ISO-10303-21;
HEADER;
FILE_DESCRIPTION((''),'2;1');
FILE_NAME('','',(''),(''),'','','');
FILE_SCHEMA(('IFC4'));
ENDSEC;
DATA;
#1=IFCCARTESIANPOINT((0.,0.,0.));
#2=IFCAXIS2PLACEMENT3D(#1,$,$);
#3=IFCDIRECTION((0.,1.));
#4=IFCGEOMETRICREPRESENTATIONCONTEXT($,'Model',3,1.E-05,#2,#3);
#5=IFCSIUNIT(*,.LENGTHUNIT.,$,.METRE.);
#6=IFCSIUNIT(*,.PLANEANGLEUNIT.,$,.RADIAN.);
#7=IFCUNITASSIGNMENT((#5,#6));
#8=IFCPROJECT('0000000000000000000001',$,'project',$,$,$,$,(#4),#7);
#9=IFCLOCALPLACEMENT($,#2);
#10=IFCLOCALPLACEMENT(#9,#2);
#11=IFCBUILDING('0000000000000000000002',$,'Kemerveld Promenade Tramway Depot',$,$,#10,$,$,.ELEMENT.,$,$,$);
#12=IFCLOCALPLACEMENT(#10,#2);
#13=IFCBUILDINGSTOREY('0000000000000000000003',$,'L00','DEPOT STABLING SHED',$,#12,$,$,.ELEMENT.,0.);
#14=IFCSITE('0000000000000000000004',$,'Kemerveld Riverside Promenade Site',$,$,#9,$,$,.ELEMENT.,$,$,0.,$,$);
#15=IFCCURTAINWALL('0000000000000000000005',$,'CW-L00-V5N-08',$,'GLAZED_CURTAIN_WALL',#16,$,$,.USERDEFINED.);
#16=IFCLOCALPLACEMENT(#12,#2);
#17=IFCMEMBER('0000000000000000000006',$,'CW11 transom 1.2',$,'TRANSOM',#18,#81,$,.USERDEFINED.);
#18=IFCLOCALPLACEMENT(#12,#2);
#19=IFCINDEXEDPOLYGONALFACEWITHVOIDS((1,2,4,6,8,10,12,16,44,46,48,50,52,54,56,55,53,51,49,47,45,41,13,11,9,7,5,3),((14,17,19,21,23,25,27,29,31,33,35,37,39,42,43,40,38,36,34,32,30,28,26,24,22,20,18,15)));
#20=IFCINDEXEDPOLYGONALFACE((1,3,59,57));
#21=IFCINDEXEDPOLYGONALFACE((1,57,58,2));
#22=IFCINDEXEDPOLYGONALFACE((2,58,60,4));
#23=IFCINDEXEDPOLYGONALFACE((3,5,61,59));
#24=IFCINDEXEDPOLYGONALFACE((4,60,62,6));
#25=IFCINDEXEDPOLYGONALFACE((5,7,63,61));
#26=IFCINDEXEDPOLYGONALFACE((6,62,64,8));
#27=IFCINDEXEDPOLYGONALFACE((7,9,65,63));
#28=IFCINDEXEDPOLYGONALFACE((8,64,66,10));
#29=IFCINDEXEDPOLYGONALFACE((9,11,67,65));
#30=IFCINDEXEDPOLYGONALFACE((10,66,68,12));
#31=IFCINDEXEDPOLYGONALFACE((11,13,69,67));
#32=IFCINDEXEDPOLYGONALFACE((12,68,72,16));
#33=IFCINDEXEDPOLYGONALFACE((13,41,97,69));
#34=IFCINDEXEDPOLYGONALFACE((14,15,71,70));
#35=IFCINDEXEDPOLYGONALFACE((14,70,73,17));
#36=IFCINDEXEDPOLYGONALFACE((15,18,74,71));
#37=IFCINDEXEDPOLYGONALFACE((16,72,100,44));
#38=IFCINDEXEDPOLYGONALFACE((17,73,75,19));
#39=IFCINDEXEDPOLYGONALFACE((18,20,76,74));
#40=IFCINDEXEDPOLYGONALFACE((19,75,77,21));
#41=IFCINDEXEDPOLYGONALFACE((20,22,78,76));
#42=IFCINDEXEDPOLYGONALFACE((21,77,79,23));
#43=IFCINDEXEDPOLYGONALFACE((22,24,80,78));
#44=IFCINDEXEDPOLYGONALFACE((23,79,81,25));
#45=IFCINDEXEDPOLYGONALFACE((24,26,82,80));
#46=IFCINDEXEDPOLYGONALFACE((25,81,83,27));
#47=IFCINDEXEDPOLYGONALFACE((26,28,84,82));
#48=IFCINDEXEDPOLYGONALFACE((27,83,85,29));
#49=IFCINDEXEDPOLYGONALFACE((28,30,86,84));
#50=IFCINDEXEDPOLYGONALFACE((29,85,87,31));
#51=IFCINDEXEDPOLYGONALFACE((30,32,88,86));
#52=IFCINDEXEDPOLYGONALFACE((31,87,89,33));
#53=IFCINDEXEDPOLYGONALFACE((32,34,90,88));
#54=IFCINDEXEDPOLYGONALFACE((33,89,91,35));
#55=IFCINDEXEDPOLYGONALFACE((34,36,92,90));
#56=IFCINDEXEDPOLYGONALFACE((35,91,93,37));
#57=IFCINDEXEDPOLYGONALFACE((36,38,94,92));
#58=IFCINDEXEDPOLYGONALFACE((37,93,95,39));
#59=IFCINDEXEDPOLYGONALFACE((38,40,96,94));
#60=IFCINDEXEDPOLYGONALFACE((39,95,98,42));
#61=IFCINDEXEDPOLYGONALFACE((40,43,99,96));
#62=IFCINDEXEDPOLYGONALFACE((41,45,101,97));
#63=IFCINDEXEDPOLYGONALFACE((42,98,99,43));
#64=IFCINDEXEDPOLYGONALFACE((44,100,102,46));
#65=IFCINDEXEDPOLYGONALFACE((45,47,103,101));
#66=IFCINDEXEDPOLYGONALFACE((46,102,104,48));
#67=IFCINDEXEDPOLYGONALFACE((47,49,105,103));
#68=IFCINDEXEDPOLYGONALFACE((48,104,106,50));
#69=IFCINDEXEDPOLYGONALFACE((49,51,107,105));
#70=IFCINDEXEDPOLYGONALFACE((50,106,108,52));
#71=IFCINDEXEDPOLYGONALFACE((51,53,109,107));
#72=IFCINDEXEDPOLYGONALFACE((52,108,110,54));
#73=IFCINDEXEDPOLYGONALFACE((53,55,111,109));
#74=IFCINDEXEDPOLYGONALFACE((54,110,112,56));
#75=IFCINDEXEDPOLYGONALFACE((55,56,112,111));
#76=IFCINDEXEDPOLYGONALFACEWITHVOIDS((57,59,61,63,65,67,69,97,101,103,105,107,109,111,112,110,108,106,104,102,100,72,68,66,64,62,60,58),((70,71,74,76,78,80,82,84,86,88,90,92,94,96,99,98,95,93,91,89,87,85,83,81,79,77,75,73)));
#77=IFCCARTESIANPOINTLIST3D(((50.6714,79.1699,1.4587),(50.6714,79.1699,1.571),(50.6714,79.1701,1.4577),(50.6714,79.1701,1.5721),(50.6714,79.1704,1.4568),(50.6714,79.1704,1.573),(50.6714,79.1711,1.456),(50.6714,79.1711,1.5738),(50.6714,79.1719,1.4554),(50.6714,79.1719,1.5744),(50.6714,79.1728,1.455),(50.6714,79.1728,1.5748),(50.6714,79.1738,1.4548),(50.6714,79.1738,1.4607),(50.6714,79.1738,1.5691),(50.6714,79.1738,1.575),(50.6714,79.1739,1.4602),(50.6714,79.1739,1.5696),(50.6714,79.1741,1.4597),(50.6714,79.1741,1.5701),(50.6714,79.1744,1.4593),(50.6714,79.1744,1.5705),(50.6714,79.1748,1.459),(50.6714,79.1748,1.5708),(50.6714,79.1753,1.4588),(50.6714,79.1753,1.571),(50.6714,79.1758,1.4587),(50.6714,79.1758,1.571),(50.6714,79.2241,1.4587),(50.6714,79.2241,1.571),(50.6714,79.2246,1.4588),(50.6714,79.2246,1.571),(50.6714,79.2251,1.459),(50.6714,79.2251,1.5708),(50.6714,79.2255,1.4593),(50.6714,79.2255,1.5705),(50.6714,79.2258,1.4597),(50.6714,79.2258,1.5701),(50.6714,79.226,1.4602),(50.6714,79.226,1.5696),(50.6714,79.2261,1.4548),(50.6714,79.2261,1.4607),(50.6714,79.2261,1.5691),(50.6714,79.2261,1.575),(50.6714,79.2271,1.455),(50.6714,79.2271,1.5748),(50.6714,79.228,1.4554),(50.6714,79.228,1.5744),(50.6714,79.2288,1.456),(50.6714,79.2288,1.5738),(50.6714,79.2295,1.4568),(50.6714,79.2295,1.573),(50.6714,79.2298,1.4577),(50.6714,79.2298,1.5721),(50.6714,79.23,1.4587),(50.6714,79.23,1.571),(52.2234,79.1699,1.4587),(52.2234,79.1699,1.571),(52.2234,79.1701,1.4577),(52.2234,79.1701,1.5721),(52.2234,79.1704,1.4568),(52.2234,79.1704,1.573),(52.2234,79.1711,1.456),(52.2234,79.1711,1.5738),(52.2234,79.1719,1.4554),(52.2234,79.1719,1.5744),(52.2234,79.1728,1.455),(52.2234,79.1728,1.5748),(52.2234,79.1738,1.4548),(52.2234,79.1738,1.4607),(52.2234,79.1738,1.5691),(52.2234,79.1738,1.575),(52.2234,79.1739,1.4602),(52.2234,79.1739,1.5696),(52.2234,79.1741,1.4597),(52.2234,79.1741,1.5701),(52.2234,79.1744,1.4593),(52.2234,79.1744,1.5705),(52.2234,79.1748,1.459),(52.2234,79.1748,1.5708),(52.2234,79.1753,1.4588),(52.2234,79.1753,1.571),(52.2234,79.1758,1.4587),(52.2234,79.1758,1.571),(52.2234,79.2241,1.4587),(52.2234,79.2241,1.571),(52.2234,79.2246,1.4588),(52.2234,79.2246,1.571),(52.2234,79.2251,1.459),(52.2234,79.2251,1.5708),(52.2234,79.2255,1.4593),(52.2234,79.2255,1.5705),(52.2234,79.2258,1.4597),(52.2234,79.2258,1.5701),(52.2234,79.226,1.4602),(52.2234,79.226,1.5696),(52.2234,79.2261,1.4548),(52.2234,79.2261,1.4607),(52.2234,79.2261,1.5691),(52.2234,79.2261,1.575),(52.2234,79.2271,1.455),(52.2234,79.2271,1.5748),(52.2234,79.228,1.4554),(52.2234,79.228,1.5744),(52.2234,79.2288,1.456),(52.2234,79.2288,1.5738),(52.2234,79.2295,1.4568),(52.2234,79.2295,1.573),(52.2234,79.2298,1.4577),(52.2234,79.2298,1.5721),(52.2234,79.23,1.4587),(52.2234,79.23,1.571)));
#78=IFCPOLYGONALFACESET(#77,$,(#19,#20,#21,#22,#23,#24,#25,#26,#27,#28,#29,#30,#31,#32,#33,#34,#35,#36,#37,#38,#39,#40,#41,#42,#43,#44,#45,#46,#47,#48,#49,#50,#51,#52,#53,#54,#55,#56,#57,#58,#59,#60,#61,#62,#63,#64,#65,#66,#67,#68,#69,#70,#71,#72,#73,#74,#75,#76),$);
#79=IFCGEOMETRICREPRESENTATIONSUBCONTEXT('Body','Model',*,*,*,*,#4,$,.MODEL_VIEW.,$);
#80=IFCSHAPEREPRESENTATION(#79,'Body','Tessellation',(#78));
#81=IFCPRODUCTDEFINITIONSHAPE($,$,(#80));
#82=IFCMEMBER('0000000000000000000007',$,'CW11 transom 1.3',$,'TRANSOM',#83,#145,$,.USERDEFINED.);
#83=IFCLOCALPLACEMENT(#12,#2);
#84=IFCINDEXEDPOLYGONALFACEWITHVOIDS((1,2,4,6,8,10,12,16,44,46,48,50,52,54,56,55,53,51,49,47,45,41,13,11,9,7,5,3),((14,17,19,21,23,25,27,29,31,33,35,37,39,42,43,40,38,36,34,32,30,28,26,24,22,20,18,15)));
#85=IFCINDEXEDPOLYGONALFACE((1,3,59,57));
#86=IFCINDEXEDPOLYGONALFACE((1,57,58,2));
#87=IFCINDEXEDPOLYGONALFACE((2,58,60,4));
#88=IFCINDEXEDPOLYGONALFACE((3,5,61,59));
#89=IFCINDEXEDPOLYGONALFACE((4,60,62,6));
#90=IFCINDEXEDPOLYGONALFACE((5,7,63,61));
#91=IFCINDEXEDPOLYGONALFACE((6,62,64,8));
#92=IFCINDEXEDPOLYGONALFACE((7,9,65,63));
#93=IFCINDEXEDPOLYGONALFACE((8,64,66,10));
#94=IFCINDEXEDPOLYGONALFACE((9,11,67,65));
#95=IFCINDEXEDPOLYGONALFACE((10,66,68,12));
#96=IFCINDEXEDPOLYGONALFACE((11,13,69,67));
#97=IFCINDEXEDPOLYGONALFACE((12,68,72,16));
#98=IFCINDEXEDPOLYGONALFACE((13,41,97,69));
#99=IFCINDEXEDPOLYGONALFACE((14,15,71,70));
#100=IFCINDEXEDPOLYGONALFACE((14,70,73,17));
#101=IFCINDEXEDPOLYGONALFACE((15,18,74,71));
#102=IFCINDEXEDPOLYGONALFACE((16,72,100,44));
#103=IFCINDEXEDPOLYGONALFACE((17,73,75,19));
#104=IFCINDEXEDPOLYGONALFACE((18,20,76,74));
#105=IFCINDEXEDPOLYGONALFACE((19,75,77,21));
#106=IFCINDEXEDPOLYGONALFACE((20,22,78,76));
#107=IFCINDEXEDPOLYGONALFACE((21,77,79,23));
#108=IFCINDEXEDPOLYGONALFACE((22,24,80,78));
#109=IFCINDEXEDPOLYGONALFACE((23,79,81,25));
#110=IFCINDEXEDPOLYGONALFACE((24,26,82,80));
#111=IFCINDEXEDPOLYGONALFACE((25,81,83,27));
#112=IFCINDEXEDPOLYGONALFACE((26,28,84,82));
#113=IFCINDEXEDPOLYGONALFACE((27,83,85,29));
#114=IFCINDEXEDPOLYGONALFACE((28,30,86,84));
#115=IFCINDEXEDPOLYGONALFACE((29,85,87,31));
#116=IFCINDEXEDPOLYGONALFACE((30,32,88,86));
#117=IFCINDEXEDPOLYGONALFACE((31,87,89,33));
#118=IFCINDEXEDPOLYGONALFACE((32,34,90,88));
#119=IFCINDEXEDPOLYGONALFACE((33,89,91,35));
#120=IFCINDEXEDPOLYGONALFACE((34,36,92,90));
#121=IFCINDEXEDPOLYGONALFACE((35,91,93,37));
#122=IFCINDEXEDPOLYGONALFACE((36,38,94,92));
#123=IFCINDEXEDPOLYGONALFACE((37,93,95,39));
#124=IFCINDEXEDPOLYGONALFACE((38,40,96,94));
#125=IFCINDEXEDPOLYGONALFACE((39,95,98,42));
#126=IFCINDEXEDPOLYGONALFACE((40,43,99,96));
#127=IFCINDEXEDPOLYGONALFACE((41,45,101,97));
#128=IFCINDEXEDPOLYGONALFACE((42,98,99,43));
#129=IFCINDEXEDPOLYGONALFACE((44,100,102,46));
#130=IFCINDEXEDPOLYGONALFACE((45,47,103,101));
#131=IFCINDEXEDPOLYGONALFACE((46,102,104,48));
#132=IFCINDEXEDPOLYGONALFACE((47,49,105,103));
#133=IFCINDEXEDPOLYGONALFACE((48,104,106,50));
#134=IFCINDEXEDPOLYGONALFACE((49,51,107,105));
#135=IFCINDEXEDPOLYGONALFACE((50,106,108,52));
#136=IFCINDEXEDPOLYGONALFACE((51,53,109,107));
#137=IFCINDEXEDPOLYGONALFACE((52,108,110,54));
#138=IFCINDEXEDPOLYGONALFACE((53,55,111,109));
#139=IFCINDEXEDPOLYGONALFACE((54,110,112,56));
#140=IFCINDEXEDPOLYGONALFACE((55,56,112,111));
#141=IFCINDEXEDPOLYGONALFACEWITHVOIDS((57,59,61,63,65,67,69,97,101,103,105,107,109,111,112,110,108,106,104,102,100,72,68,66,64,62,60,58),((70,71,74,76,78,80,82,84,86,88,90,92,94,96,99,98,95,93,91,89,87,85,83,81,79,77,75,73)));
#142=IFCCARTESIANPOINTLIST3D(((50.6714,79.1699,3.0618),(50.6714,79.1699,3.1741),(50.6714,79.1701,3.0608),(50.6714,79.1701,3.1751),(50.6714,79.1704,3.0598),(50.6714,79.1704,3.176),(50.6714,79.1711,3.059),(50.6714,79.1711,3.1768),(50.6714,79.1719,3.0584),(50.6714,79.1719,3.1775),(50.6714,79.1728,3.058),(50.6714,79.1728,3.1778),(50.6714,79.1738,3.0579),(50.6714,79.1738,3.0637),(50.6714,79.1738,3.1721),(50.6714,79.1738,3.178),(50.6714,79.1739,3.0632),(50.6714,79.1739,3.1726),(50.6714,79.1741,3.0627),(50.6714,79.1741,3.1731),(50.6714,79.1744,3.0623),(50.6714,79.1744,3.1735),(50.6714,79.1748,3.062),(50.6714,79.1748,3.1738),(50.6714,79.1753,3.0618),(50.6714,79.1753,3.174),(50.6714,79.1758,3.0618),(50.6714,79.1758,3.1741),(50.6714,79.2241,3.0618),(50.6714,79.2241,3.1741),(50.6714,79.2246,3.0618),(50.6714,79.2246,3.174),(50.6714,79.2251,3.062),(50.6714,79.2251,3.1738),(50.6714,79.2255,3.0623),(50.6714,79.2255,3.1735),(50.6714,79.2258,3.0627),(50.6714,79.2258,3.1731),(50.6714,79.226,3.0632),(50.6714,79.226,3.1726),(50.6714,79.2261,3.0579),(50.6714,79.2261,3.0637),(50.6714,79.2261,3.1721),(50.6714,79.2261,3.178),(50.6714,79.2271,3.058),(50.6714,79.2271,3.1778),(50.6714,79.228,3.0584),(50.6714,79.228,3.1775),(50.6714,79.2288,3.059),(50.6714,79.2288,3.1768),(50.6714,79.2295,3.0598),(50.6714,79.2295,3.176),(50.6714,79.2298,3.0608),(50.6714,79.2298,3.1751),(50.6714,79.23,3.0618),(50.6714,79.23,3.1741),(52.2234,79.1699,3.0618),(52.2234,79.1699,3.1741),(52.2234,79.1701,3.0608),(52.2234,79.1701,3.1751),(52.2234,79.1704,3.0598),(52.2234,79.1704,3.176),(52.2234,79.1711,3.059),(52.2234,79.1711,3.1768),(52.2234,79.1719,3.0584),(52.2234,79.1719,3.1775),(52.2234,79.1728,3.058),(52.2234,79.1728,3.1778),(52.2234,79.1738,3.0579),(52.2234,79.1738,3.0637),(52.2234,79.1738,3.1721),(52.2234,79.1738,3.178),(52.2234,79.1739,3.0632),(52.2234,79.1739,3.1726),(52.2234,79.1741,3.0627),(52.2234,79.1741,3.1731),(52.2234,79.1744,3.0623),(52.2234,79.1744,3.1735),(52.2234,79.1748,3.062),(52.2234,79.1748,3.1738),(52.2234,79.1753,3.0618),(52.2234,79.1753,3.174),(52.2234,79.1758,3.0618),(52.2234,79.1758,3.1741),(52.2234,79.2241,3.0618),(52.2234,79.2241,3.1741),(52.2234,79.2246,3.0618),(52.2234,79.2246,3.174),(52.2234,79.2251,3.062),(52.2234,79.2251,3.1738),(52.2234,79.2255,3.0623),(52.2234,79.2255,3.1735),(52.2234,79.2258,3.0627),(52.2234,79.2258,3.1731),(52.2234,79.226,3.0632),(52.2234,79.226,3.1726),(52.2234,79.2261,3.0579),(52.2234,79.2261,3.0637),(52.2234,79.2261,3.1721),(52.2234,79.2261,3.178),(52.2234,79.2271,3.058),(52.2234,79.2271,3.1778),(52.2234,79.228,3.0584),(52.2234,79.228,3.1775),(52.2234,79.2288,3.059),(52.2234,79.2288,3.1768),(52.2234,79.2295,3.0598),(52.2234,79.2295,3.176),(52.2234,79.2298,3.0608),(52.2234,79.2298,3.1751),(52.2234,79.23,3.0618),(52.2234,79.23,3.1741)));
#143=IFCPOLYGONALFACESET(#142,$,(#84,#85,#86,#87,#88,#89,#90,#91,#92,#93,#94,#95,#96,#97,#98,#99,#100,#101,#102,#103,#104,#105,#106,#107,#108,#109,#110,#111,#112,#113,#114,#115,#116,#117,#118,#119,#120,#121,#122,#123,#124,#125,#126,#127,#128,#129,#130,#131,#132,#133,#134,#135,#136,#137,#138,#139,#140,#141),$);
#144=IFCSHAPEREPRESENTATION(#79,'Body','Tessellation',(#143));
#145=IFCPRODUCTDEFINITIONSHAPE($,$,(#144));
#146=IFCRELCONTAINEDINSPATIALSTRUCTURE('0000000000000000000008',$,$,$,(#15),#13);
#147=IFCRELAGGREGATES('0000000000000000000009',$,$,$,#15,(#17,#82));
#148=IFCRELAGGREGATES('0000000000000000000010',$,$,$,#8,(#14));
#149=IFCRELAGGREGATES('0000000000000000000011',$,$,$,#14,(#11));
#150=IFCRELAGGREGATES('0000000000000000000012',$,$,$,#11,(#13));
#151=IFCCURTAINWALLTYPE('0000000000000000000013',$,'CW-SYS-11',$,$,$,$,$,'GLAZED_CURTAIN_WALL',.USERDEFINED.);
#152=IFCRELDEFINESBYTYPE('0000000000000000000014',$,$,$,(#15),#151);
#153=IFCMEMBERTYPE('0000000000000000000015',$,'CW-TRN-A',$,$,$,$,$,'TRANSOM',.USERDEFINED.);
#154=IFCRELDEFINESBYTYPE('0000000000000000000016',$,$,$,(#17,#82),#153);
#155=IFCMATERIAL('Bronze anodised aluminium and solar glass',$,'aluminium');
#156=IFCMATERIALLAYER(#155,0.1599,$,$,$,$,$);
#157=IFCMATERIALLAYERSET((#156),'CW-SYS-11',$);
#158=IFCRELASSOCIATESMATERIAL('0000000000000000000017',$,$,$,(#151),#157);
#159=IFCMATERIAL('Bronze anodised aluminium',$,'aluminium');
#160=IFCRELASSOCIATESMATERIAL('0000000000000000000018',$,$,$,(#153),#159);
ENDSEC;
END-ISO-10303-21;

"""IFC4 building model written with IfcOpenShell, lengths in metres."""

from ifc_helpers import new_model, si_unit, direction, frame, origin, origin_2d, place, context, subcontext, project, spatial, hollow_rectangle, extrude, material, layer, layer_set, material_profile, profile_set, type_object, element, aggregate, save


model = new_model("IFC4")

# Units and contexts
model_context = context("Model", 3, precision=1e-05, world=origin(), true_north=direction((0.0, 1.0)))
body_context = subcontext(model_context, "Body", "Model", "MODEL_VIEW")
ifc_project = project(units=[si_unit("LENGTHUNIT", "METRE"), si_unit("PLANEANGLEUNIT", "RADIAN")], contexts=[model_context])

# Site, building, storey
site_placement = place(None, origin())
site = spatial("IfcSite", under=ifc_project, at=site_placement, Name="Kemerveld Riverside Promenade Site", CompositionType="ELEMENT", RefElevation=0.0)
building_placement = place(site_placement, origin())
building = spatial("IfcBuilding", under=site, at=building_placement, Name="Kemerveld Promenade Tramway Depot", CompositionType="ELEMENT")
storey_placement = place(building_placement, origin())
storey = spatial("IfcBuildingStorey", under=building, at=storey_placement, Name="L00", Description="DEPOT STABLING SHED", CompositionType="ELEMENT", Elevation=0.0)

# Curtain wall
ifc_material_1 = material(Name="Bronze anodised aluminium and solar glass", Category="aluminium")
ifc_material_2 = material(Name="Bronze anodised aluminium", Category="aluminium")
ifc_layer_1 = layer(ifc_material_1, 0.1599)
ifc_layer_set_1 = layer_set([ifc_layer_1], Name="CW-SYS-11")
curtain_wall_type_1 = type_object("IfcCurtainWallType", Name="CW-SYS-11", ElementType="GLAZED_CURTAIN_WALL", PredefinedType="USERDEFINED", material=ifc_layer_set_1)
curtain_wall_1_placement = place(storey_placement, origin())
curtain_wall_1 = element("IfcCurtainWall", 1, at=curtain_wall_1_placement, inside=storey, type_object=curtain_wall_type_1, Name="CW-L00-V5N-08", ObjectType="GLAZED_CURTAIN_WALL", PredefinedType="USERDEFINED")

# Members
ifc_material_profile_1 = material_profile(ifc_material_2, hollow_rectangle(XDim=0.0601, YDim=0.1201, WallThickness=0.0039, InnerFilletRadius=0.002, OuterFilletRadius=0.0039, at=origin_2d()), Name="CW-TRN-120x60")
ifc_profile_set_1 = profile_set([ifc_material_profile_1], Name="Bronze anodised aluminium")
member_type_1 = type_object("IfcMemberType", Name="CW-TRN-A", ElementType="TRANSOM", PredefinedType="USERDEFINED", material=ifc_profile_set_1)
member_1_placement = place(storey_placement, frame((50.6714, 79.2, 1.5149), z_axis=(1.0, 0.0, 0.0), x_axis=(0.0, 1.0, 0.0)))
member_1 = element("IfcMember", 2, at=member_1_placement, type_object=member_type_1, Name="CW11 transom 1.2", ObjectType="TRANSOM", PredefinedType="USERDEFINED", context=body_context, shape_type="SweptSolid", body=[
    extrude(hollow_rectangle(XDim=0.0601, YDim=0.1201, WallThickness=0.0039, InnerFilletRadius=0.002, OuterFilletRadius=0.0039, at=origin_2d()), origin(), (0.0, 0.0, 1.0), 1.552),
])
member_2_placement = place(storey_placement, frame((50.6714, 79.2, 3.1179), z_axis=(1.0, 0.0, 0.0), x_axis=(0.0, 1.0, 0.0)))
member_2 = element("IfcMember", 3, at=member_2_placement, type_object=member_type_1, Name="CW11 transom 1.3", ObjectType="TRANSOM", PredefinedType="USERDEFINED", context=body_context, shape_type="SweptSolid", body=[
    extrude(hollow_rectangle(XDim=0.0601, YDim=0.1201, WallThickness=0.0039, InnerFilletRadius=0.002, OuterFilletRadius=0.0039, at=origin_2d()), origin(), (0.0, 0.0, 1.0), 1.552),
])

aggregate(curtain_wall_1, [member_1, member_2])

save(model, "model.ifc")
